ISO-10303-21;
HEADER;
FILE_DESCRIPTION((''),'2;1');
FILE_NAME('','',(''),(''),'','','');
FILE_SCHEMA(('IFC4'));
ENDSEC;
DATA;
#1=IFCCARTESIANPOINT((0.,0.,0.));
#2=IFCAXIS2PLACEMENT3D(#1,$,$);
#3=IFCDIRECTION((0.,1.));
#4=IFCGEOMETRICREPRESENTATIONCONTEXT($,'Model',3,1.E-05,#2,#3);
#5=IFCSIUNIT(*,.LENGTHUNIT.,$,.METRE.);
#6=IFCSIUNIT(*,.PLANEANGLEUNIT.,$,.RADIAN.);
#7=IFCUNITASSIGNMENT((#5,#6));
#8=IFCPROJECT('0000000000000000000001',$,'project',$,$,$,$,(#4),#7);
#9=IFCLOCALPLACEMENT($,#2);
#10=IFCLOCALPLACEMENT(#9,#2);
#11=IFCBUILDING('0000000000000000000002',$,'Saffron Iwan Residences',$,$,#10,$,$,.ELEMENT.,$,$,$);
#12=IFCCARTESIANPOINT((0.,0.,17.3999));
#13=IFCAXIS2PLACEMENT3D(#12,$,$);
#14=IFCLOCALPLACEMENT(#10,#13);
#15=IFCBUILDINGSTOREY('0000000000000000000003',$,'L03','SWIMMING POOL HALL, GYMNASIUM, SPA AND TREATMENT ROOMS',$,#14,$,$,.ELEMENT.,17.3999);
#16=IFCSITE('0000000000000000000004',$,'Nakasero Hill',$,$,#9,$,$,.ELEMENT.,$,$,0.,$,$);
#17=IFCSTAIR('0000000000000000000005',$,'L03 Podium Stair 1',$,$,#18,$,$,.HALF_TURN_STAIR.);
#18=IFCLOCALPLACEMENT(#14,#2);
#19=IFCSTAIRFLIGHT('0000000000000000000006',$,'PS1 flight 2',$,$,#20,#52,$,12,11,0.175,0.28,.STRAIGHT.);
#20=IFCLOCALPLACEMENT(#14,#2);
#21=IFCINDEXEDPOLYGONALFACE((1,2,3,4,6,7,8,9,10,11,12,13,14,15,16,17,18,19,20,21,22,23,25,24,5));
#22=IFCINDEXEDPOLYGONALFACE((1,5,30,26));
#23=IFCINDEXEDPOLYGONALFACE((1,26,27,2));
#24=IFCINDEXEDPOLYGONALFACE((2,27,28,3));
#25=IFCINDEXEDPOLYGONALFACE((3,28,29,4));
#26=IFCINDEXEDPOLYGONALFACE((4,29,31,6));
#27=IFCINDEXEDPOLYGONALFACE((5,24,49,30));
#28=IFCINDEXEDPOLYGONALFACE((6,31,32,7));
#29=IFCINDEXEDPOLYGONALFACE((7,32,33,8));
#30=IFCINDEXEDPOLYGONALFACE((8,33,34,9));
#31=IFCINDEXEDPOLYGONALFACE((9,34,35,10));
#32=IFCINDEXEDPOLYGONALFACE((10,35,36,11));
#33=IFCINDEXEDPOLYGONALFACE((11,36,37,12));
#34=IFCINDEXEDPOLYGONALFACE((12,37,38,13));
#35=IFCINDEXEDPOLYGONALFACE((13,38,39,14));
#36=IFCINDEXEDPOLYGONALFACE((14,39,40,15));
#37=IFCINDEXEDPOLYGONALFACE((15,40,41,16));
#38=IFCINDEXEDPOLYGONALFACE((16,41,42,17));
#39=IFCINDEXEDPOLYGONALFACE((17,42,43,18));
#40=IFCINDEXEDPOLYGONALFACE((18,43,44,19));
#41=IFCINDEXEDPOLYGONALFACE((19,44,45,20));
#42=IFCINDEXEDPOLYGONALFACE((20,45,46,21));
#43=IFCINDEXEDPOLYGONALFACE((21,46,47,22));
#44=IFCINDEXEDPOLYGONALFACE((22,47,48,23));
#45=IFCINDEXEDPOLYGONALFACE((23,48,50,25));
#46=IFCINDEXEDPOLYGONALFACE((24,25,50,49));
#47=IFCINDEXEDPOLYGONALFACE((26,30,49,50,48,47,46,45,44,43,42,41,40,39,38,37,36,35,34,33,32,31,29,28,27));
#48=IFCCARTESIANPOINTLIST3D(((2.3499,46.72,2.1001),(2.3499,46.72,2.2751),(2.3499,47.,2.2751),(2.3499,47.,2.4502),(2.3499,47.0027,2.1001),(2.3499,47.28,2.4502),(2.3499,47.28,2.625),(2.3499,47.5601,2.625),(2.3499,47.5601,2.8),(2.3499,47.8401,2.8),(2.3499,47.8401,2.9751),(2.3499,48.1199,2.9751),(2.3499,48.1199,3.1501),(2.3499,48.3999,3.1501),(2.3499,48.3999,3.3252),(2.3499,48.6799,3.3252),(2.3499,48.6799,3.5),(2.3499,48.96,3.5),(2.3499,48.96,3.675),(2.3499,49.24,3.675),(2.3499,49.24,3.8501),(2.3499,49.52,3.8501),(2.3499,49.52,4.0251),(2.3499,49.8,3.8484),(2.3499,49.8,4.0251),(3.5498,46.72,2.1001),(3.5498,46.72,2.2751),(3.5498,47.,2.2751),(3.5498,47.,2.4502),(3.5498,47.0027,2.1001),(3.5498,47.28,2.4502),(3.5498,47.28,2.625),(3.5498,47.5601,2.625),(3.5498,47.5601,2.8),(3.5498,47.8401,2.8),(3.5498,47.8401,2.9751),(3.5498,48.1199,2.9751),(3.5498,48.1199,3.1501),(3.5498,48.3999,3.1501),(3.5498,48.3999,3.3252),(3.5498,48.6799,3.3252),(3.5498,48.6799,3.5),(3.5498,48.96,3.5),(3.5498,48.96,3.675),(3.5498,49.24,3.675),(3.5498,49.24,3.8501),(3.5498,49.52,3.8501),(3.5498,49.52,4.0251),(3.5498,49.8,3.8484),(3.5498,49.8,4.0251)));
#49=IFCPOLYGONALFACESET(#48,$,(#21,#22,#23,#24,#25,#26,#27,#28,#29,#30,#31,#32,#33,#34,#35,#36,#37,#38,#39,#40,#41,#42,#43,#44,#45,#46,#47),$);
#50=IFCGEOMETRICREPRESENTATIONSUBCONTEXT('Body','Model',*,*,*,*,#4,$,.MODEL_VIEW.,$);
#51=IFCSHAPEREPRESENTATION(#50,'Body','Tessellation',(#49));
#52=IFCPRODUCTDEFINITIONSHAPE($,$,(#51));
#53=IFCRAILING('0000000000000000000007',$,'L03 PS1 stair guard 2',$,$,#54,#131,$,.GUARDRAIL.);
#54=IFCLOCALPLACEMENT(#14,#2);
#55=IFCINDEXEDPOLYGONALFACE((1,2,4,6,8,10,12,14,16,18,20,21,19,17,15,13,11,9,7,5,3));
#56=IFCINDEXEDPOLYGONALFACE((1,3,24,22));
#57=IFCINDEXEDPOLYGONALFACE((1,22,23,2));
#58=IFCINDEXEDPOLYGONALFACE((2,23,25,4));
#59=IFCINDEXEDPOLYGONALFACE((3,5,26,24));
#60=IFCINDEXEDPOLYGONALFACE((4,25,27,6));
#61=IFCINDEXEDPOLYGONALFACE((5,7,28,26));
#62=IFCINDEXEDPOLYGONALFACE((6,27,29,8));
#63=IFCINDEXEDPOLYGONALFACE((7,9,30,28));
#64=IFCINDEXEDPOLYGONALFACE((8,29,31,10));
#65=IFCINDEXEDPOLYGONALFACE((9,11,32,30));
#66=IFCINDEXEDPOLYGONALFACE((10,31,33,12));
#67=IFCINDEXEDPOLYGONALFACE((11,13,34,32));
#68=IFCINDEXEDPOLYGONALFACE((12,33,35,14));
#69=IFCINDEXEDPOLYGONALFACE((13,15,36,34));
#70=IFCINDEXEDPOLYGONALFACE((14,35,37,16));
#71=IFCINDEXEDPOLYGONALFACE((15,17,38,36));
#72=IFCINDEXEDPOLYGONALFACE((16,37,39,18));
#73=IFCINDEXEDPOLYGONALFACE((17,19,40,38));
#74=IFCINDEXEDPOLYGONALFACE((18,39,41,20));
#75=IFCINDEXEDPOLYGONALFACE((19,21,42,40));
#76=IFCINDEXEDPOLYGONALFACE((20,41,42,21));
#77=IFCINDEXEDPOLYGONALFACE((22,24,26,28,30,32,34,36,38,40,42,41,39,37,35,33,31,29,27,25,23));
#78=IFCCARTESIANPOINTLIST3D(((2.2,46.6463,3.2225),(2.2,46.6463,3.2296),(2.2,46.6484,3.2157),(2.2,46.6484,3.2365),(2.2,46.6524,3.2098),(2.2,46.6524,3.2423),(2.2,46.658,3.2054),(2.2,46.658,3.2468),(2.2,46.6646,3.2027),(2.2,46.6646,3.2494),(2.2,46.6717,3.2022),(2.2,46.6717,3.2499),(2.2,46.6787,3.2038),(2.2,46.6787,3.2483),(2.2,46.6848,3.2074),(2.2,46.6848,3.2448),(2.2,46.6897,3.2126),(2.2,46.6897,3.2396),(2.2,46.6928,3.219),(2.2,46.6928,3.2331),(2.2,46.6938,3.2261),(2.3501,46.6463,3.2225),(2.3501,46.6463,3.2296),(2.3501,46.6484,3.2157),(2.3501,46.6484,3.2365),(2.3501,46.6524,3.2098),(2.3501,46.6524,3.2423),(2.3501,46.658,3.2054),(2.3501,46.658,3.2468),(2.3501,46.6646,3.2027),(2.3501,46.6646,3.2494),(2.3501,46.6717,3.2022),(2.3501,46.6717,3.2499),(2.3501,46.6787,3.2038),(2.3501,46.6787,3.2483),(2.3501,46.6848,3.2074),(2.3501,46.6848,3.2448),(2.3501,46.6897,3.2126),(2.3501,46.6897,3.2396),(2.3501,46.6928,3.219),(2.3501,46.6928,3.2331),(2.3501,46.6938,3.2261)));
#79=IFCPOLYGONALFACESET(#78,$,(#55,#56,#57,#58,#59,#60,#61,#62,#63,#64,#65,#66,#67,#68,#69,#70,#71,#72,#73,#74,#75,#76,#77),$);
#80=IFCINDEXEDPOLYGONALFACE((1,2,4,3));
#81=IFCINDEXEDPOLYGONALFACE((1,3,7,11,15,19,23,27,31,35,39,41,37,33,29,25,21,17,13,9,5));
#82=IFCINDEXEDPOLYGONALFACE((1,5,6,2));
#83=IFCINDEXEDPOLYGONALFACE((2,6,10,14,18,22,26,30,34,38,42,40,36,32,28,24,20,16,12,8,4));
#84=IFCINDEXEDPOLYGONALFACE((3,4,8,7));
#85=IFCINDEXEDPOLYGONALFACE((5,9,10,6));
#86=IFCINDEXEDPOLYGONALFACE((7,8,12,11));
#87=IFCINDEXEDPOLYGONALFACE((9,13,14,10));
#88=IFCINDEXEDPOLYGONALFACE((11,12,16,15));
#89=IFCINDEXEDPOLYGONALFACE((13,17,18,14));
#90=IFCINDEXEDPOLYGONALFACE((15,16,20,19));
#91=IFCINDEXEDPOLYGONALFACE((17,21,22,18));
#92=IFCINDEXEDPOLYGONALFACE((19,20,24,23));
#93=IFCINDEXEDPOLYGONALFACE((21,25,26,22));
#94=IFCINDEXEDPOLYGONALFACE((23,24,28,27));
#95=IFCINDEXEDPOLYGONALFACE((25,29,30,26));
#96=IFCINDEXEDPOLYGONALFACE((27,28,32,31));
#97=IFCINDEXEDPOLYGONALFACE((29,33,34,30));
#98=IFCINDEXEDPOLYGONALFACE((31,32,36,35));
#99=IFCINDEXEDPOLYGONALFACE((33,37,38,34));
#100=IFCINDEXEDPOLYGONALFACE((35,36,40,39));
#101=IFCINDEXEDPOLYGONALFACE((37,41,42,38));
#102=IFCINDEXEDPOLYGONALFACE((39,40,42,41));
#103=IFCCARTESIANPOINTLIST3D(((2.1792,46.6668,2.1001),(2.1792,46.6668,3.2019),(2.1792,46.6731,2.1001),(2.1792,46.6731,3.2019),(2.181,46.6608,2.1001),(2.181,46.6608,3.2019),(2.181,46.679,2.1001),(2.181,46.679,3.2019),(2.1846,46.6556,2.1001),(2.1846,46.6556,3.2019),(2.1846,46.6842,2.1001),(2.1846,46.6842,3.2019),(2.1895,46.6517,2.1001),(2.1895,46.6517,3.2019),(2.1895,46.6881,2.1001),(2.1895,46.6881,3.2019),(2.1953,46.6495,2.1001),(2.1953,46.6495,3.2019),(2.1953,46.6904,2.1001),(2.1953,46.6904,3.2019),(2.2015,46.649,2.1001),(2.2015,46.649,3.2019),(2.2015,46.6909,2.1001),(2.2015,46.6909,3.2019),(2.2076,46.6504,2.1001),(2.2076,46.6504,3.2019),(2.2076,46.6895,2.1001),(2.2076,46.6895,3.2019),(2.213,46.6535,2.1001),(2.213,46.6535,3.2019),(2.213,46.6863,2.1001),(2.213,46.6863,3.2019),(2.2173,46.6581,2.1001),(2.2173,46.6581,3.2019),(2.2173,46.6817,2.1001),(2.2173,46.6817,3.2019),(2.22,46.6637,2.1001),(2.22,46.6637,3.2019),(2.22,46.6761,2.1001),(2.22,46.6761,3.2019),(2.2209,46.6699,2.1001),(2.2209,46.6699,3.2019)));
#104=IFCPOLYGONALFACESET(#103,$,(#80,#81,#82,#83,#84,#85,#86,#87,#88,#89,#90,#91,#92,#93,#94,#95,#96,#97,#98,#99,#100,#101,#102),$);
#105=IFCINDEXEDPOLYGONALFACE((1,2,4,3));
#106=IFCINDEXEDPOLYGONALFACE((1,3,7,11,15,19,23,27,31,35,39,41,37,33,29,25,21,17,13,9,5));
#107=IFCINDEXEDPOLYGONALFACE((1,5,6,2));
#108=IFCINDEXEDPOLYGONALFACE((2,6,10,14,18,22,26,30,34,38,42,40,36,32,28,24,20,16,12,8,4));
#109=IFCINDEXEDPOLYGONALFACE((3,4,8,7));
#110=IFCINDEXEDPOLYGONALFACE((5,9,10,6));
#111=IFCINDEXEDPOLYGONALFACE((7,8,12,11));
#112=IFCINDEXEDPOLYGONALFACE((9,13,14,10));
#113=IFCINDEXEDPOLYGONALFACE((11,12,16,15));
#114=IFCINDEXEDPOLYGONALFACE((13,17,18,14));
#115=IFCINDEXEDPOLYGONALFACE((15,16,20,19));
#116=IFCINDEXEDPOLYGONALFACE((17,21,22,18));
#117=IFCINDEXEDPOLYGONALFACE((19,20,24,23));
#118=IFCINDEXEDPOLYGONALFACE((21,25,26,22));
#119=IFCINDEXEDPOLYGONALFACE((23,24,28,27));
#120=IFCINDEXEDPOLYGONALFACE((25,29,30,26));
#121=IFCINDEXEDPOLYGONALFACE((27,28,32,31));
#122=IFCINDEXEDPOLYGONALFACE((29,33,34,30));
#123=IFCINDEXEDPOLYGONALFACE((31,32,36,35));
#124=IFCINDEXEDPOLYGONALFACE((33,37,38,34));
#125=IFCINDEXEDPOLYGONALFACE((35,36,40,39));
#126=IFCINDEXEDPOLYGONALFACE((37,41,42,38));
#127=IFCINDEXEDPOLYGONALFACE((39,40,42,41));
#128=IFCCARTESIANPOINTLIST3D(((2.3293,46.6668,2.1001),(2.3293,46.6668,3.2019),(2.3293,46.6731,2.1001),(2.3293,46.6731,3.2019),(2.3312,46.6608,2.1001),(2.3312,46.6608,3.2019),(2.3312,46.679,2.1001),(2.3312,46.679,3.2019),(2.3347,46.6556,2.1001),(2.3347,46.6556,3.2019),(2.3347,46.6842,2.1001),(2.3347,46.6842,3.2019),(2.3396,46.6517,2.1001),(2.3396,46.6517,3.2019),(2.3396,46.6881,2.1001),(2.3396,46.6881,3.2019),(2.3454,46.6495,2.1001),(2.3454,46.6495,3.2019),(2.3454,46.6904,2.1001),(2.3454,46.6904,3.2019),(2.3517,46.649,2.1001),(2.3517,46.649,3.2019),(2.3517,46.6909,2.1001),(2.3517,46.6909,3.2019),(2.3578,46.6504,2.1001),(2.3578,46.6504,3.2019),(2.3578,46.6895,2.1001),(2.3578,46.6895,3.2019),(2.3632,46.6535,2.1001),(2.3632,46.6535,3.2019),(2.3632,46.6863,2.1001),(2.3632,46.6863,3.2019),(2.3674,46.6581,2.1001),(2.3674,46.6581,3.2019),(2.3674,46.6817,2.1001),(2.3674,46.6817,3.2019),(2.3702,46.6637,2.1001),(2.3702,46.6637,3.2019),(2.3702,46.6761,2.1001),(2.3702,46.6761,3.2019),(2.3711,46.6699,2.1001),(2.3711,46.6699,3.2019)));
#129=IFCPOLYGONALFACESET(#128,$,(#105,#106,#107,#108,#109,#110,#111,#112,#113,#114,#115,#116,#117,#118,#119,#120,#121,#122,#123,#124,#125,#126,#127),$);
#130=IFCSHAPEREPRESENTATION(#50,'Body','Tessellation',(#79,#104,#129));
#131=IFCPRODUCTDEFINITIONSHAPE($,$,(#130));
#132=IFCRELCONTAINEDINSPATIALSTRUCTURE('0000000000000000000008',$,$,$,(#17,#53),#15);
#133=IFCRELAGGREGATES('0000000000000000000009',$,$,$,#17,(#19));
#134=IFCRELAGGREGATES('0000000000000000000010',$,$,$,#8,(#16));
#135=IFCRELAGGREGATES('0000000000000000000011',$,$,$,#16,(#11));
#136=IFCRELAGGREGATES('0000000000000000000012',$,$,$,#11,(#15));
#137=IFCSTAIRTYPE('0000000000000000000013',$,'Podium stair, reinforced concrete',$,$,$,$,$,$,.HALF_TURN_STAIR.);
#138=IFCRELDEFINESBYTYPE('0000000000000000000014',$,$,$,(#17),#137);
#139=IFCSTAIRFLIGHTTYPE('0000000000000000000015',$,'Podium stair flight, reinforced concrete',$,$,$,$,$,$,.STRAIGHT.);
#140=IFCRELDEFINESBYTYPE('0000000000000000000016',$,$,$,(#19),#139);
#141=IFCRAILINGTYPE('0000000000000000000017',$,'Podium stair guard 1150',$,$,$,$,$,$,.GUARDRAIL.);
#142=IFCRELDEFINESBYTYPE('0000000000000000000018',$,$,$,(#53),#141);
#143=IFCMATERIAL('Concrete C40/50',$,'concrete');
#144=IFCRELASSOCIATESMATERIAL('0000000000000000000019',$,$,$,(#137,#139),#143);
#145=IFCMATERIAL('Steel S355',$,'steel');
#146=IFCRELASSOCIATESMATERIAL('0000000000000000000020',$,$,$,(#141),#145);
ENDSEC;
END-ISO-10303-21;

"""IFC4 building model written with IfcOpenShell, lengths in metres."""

from ifc_helpers import new_model, si_unit, direction, frame, origin, origin_2d, place, context, subcontext, project, spatial, polyline, circle, outline, extrude, material, type_object, element, aggregate, save


model = new_model("IFC4")

# Units and contexts
model_context = context("Model", 3, precision=1e-05, world=origin(), true_north=direction((0.0, 1.0)))
body_context = subcontext(model_context, "Body", "Model", "MODEL_VIEW")
ifc_project = project(units=[si_unit("LENGTHUNIT", "METRE"), si_unit("PLANEANGLEUNIT", "RADIAN")], contexts=[model_context])

# Site, building, storey
site_placement = place(None, origin())
site = spatial("IfcSite", under=ifc_project, at=site_placement, Name="Nakasero Hill", CompositionType="ELEMENT", RefElevation=0.0)
building_placement = place(site_placement, origin())
building = spatial("IfcBuilding", under=site, at=building_placement, Name="Saffron Iwan Residences", CompositionType="ELEMENT")
storey_placement = place(building_placement, frame((0.0, 0.0, 17.3999)))
storey = spatial("IfcBuildingStorey", under=building, at=storey_placement, Name="L03", Description="SWIMMING POOL HALL, GYMNASIUM, SPA AND TREATMENT ROOMS", CompositionType="ELEMENT", Elevation=17.3999)

# Shared definitions
ifc_material_1 = material(Name="Concrete C40/50", Category="concrete")

# Stair, stair flight
stair_type = type_object("IfcStairType", Name="Podium stair, reinforced concrete", PredefinedType="HALF_TURN_STAIR", material=ifc_material_1)
stair_placement = place(storey_placement, origin())
stair = element("IfcStair", 1, at=stair_placement, inside=storey, type_object=stair_type, Name="L03 Podium Stair 1", PredefinedType="HALF_TURN_STAIR")
stair_flight_type = type_object("IfcStairFlightType", Name="Podium stair flight, reinforced concrete", PredefinedType="STRAIGHT", material=ifc_material_1)
stair_flight_placement = place(storey_placement, frame((2.95, 46.72, 2.1001), z_axis=(0.0, 0.0, 1.0), x_axis=(0.0, 1.0, 0.0)))
stair_flight = element("IfcStairFlight", 2, at=stair_flight_placement, type_object=stair_flight_type, Name="PS1 flight 2", NumberOfRisers=12, NumberOfTreads=11, PredefinedType="STRAIGHT", RiserHeight=0.175, TreadLength=0.28, context=body_context, shape_type="SweptSolid", body=[
    extrude(outline(polyline([(0.0, 0.0), (0.0, 0.175), (0.28, 0.175), (0.28, 0.3501), (0.5601, 0.3501), (0.5601, 0.5249), (0.8401, 0.5249), (0.8401, 0.7), (1.1201, 0.7), (1.1201, 0.875), (1.3999, 0.875), (1.3999, 1.05), (1.6799, 1.05), (1.6799, 1.2251), (1.96, 1.2251), (1.96, 1.3999), (2.24, 1.3999), (2.24, 1.575), (2.52, 1.575), (2.52, 1.75), (2.8, 1.75), (2.8, 1.925), (3.0801, 1.925), (3.0801, 2.1001), (3.0801, 1.7483), (0.2827, 0.0), (0.0, 0.0)])), frame((0.0, 0.6001, 0.0), z_axis=(0.0, -1.0, 0.0), x_axis=(1.0, 0.0, 0.0)), (0.0, 0.0, 1.0), 1.2),
])
aggregate(stair, [stair_flight])

# Railing
ifc_material_2 = material(Name="Steel S355", Category="steel")
railing_type_1 = type_object("IfcRailingType", Name="Podium stair guard 1150", PredefinedType="GUARDRAIL", material=ifc_material_2)
railing_1_placement = place(storey_placement, frame((2.2, 46.6699, 2.1001)))
element("IfcRailing", 3, at=railing_1_placement, inside=storey, type_object=railing_type_1, Name="L03 PS1 stair guard 2", PredefinedType="GUARDRAIL", context=body_context, shape_type="SweptSolid", body=[
    extrude(circle(Radius=0.0239, at=origin_2d()), frame((0.0, 0.0, 1.126), z_axis=(1.0, 0.0, 0.0), x_axis=(0.0, 1.0, 0.0)), (0.0, 0.0, 1.0), 0.1501),
    extrude(circle(Radius=0.021, at=origin_2d()), origin(), (0.0, 0.0, 1.0), 1.1018),
    extrude(circle(Radius=0.021, at=origin_2d()), frame((0.1501, 0.0, 0.0)), (0.0, 0.0, 1.0), 1.1018),
])

save(model, "model.ifc")
